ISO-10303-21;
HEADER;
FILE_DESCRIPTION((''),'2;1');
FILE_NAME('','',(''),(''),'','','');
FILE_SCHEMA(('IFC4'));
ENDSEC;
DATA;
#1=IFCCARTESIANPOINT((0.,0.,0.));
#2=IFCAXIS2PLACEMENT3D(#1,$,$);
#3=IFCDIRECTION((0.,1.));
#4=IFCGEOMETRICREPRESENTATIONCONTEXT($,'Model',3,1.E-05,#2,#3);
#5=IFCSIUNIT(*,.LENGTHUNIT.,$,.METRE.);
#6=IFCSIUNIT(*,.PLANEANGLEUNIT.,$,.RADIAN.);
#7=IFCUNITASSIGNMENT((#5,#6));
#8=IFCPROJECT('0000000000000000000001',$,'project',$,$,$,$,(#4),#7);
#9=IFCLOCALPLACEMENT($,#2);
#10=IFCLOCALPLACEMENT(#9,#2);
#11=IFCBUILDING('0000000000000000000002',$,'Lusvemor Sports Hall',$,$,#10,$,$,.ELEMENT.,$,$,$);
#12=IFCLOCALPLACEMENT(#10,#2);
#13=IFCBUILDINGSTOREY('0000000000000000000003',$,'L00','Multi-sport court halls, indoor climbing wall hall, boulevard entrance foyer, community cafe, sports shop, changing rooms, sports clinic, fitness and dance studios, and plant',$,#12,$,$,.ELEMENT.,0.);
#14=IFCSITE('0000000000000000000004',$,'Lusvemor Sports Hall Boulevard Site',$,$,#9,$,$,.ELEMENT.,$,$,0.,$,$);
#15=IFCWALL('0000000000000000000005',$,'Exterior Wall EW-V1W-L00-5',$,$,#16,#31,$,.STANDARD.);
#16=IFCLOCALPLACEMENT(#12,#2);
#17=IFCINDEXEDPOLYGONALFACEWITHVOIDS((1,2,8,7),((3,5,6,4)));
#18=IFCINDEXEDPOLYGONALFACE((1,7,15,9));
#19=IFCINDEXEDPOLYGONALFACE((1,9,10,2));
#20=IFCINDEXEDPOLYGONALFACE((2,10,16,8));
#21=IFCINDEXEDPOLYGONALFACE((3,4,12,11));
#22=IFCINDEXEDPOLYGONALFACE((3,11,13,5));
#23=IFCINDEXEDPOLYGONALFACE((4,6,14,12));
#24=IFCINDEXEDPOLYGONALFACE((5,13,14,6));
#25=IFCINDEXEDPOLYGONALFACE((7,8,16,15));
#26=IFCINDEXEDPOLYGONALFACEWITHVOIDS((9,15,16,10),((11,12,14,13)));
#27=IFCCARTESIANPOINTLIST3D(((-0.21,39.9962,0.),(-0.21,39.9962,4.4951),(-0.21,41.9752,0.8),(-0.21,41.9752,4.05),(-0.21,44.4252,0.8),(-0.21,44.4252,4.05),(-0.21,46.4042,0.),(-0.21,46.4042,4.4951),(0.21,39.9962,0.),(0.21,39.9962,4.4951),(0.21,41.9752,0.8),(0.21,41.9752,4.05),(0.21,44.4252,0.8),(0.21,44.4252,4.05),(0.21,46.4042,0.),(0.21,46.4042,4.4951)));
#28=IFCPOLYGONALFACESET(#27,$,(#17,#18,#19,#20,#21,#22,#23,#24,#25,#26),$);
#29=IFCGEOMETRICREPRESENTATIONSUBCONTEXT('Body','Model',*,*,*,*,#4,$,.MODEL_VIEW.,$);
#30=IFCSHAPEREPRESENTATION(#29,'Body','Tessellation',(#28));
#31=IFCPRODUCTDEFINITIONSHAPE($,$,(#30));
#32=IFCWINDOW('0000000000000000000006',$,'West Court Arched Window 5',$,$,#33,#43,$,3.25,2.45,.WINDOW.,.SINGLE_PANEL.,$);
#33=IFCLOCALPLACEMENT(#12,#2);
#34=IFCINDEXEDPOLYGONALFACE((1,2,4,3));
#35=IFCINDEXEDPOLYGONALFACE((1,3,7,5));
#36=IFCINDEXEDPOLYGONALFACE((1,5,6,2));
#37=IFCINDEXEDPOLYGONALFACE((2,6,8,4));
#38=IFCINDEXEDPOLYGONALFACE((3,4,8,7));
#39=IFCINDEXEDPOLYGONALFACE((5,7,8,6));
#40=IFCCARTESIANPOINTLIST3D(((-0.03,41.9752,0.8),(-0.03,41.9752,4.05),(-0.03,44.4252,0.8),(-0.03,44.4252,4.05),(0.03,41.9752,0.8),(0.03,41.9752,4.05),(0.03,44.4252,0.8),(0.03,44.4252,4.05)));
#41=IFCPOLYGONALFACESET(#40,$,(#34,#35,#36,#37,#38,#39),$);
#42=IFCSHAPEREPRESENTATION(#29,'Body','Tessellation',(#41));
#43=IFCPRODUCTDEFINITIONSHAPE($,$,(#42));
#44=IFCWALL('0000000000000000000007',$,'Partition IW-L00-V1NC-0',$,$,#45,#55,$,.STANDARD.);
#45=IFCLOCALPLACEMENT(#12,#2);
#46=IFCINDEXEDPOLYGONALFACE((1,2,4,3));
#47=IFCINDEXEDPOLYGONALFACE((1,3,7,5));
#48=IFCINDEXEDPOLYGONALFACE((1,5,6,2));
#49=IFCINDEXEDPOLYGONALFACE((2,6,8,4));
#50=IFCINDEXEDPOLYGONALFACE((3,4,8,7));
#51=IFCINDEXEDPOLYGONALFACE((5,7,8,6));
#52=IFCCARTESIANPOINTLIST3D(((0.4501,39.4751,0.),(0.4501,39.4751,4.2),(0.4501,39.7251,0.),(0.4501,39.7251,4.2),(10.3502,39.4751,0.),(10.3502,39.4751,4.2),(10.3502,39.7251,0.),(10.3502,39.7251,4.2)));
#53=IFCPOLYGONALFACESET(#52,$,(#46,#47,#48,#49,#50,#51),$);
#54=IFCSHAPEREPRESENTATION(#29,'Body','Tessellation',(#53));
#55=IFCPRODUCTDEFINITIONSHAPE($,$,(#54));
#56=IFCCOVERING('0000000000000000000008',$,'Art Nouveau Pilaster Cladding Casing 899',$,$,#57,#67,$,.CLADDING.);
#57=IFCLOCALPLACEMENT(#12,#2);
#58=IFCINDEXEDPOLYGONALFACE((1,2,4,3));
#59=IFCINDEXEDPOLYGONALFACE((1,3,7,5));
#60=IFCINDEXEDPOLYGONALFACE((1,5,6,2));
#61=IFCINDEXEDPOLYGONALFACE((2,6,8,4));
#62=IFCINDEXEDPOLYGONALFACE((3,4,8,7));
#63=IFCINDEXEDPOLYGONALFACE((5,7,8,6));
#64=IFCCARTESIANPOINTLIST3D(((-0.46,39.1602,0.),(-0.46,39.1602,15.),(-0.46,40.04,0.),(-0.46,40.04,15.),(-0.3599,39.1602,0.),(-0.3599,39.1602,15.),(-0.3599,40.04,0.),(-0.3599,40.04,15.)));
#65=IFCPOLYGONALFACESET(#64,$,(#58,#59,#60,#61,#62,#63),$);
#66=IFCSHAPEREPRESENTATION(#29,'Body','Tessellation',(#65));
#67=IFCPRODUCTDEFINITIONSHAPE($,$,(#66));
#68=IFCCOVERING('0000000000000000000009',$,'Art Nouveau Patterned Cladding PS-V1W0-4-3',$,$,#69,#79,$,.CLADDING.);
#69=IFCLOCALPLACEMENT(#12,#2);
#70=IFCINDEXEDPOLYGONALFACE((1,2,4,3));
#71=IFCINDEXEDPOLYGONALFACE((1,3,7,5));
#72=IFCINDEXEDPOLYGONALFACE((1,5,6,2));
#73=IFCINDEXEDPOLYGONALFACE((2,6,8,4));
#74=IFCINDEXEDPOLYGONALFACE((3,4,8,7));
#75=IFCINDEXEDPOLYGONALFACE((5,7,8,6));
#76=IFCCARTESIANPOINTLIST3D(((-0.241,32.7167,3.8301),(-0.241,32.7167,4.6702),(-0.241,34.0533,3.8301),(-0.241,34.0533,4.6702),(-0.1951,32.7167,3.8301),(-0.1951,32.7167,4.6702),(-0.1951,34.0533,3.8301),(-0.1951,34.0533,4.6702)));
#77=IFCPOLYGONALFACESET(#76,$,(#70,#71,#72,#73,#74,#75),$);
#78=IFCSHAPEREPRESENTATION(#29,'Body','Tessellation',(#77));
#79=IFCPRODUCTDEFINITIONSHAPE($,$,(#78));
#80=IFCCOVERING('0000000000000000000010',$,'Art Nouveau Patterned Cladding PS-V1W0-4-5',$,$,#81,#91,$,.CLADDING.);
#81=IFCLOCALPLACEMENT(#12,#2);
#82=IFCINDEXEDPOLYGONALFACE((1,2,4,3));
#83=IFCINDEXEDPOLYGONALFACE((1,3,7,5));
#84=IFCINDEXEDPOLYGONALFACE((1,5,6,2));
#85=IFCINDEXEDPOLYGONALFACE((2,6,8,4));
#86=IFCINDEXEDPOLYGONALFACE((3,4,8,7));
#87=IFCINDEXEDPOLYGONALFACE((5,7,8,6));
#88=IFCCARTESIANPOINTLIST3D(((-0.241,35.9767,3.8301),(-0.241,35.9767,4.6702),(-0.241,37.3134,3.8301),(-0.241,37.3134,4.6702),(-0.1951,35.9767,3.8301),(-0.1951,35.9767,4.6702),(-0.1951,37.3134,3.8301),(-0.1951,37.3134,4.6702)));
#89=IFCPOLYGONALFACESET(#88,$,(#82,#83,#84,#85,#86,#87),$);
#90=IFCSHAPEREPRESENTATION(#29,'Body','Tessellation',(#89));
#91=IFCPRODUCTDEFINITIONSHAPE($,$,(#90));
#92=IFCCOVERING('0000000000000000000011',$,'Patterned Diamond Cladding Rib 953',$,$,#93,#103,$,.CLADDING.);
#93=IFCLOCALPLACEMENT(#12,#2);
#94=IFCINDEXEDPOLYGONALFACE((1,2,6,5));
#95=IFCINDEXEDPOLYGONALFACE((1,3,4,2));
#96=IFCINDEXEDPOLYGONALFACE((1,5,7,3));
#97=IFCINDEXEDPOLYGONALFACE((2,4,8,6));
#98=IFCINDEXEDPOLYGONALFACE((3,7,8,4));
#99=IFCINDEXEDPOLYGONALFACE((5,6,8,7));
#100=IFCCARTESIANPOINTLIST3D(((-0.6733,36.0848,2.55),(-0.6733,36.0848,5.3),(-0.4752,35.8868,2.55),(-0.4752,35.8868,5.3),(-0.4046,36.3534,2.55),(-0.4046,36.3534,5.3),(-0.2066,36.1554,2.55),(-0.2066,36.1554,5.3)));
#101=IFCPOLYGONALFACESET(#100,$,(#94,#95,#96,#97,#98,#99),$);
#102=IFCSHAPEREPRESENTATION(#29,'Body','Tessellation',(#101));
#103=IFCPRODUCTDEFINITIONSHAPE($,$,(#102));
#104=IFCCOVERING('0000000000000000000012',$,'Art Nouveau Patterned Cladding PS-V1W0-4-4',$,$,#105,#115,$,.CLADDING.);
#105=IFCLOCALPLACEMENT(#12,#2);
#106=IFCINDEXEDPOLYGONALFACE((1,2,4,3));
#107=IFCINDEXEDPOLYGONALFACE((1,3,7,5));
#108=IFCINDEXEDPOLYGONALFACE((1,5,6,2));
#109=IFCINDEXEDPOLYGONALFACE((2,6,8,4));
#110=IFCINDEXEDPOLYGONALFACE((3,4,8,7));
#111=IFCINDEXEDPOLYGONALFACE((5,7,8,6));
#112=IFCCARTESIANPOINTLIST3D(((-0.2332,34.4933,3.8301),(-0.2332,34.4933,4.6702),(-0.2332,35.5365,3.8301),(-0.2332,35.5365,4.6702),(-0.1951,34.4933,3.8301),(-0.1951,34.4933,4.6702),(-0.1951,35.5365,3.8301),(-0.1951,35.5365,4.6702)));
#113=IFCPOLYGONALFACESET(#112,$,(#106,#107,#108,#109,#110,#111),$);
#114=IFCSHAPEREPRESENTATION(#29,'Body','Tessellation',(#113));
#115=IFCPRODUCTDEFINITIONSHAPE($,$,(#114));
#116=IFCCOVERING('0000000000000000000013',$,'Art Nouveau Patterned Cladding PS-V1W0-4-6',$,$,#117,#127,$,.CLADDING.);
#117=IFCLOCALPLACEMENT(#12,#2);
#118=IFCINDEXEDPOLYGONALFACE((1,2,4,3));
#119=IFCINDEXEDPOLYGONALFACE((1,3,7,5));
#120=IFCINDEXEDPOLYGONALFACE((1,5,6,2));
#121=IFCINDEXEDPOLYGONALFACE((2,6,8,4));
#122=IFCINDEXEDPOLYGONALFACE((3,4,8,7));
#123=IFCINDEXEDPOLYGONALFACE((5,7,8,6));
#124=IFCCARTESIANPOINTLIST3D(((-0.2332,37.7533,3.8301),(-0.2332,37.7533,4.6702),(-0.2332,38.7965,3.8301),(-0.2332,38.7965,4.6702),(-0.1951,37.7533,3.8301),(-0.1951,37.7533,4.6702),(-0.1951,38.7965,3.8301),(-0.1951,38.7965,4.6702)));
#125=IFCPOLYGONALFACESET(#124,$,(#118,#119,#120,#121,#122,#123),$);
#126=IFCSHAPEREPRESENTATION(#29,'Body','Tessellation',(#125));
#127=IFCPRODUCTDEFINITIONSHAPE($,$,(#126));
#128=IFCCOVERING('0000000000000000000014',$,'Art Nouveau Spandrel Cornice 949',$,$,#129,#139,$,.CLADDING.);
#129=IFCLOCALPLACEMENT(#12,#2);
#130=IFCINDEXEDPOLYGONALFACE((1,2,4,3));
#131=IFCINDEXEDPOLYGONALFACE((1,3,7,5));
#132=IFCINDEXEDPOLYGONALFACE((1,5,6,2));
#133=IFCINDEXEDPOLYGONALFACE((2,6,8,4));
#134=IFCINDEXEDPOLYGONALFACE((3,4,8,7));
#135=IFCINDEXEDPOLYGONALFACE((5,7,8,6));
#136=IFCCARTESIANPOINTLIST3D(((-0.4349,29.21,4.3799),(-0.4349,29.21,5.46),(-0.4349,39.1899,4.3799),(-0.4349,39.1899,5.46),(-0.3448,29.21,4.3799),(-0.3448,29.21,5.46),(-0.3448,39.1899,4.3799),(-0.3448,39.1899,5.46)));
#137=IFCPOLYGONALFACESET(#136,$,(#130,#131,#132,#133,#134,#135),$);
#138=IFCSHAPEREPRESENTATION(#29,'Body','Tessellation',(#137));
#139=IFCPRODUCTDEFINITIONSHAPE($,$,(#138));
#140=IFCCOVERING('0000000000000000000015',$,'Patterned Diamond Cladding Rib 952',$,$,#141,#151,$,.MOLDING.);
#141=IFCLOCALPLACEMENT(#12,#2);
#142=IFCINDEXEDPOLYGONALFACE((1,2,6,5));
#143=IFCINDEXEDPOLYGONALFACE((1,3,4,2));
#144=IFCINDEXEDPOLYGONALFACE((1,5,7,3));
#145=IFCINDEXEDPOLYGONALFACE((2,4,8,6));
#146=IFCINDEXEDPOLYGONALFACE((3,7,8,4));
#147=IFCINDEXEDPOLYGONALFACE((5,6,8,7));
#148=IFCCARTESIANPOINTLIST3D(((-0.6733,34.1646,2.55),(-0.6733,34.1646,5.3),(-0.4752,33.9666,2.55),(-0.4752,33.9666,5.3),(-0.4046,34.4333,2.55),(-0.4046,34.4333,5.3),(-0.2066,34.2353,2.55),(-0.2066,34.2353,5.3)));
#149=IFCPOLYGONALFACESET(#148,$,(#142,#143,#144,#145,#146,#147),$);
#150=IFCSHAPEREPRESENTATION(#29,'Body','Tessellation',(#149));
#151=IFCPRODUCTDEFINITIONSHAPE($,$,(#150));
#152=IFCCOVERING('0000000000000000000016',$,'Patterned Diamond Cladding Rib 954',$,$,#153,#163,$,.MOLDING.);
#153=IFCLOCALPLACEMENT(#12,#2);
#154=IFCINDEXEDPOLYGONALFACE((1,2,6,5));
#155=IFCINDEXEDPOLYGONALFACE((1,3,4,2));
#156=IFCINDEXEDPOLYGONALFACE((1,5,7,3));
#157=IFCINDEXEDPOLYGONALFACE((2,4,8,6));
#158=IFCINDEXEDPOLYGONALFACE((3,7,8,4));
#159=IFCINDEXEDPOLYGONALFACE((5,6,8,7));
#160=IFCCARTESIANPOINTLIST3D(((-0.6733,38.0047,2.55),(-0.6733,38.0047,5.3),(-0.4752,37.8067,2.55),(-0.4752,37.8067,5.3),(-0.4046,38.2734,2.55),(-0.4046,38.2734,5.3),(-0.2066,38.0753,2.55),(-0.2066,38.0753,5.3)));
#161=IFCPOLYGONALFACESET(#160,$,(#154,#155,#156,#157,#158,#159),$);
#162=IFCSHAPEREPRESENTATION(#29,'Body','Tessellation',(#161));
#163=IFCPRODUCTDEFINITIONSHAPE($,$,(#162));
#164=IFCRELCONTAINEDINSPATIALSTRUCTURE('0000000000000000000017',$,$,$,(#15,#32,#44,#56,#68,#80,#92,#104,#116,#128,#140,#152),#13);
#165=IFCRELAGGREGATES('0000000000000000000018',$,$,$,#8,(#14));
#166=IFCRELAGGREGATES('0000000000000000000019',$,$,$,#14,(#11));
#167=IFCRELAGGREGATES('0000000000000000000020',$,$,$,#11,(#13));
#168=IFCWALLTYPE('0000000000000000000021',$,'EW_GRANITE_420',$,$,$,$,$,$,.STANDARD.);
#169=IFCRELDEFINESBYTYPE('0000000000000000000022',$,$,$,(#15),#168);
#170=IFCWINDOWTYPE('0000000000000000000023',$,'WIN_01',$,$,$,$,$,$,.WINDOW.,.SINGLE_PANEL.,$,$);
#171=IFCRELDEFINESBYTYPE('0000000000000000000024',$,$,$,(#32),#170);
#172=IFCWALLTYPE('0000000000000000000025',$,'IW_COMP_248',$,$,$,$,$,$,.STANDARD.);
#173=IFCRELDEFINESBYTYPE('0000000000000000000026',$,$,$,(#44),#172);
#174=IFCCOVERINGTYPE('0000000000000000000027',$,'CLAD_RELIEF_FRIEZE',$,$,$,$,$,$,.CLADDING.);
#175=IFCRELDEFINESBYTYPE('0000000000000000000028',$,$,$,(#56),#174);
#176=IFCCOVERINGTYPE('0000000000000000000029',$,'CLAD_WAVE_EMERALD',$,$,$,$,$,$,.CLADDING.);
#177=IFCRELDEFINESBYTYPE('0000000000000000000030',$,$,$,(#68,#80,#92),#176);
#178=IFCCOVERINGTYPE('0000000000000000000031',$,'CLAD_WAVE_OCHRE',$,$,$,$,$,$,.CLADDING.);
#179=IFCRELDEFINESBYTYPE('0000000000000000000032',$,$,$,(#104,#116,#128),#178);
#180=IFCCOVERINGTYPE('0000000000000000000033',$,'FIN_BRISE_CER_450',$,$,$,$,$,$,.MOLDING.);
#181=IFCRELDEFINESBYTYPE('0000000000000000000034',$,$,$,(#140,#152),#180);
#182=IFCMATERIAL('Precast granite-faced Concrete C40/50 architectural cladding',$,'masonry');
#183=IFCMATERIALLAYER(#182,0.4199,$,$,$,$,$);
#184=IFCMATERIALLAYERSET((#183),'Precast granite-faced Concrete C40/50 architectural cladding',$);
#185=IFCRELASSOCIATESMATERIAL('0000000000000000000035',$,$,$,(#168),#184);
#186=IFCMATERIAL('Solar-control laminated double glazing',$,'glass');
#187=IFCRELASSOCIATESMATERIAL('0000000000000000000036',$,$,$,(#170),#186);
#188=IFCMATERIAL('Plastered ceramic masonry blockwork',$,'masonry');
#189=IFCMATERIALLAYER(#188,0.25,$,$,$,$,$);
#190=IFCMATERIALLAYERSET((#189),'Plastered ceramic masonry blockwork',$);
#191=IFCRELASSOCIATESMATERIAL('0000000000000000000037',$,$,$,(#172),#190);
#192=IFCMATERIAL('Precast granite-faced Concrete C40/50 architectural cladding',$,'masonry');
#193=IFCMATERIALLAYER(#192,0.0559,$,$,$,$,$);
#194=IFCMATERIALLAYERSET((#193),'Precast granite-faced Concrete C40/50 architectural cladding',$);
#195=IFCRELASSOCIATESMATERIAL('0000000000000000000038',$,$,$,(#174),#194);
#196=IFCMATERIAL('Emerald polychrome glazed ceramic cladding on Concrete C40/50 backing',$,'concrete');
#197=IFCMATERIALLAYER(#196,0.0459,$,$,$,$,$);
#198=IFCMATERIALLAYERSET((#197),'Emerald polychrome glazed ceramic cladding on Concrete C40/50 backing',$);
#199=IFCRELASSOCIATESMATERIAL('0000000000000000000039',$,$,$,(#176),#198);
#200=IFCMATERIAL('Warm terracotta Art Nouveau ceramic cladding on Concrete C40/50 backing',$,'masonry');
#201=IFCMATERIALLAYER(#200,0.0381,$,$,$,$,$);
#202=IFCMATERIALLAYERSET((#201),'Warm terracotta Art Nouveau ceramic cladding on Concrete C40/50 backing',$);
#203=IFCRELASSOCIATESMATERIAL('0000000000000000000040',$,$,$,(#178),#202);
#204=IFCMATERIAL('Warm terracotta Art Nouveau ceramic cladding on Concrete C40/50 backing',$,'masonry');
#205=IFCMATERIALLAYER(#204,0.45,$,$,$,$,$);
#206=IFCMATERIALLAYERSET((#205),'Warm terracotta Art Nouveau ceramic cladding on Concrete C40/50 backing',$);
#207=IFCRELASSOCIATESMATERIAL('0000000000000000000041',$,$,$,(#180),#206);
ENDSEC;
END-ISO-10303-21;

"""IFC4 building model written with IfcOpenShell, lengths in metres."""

from ifc_helpers import new_model, si_unit, direction, frame, frame_2d, origin, origin_2d, place, context, subcontext, project, spatial, rectangle, extrude, material, layer, layer_set, type_object, element, fill, save


model = new_model("IFC4")

# Units and contexts
model_context = context("Model", 3, precision=1e-05, world=origin(), true_north=direction((0.0, 1.0)))
body_context = subcontext(model_context, "Body", "Model", "MODEL_VIEW")
ifc_project = project(units=[si_unit("LENGTHUNIT", "METRE"), si_unit("PLANEANGLEUNIT", "RADIAN")], contexts=[model_context])

# Site, building, storey
site_placement = place(None, origin())
site = spatial("IfcSite", under=ifc_project, at=site_placement, Name="Lusvemor Sports Hall Boulevard Site", CompositionType="ELEMENT", RefElevation=0.0)
building_placement = place(site_placement, origin())
building = spatial("IfcBuilding", under=site, at=building_placement, Name="Lusvemor Sports Hall", CompositionType="ELEMENT")
storey_placement = place(building_placement, origin())
storey = spatial("IfcBuildingStorey", under=building, at=storey_placement, Name="L00", Description="Multi-sport court halls, indoor climbing wall hall, boulevard entrance foyer, community cafe, sports shop, changing rooms, sports clinic, fitness and dance studios, and plant", CompositionType="ELEMENT", Elevation=0.0)

# Wall, opening, window
ifc_material_1 = material(Name="Precast granite-faced Concrete C40/50 architectural cladding", Category="masonry")
ifc_layer_1 = layer(ifc_material_1, 0.4199)
ifc_layer_set_1 = layer_set([ifc_layer_1], Name="Precast granite-faced Concrete C40/50 architectural cladding")
wall_type_1 = type_object("IfcWallType", Name="EW_GRANITE_420", PredefinedType="STANDARD", material=ifc_layer_set_1)
wall_1_placement = place(storey_placement, frame((0.0, 39.9961, 0.0), z_axis=(0.0, 0.0, 1.0), x_axis=(0.0, 1.0, 0.0)))
wall_1 = element("IfcWall", 1, at=wall_1_placement, inside=storey, type_object=wall_type_1, Name="Exterior Wall EW-V1W-L00-5", PredefinedType="STANDARD", context=body_context, shape_type="SweptSolid", body=[
    extrude(rectangle(XDim=6.408, YDim=0.4199, at=frame_2d((3.2041, 0.0))), origin(), (0.0, 0.0, 1.0), 4.4951),
])
opening_placement = place(wall_1_placement, frame((1.979, 0.0, 0.8)))
opening = element("IfcOpeningElement", 2, at=opening_placement, cuts=wall_1, PredefinedType="OPENING", context=body_context, shape_type="SweptSolid", body=[
    extrude(rectangle(XDim=2.45, YDim=3.25, at=frame_2d((1.2251, 1.625))), frame((0.0, 0.21, 0.0), z_axis=(0.0, -1.0, 0.0), x_axis=(1.0, 0.0, 0.0)), (0.0, 0.0, 1.0), 0.4199),
])
ifc_material_2 = material(Name="Solar-control laminated double glazing", Category="glass")
window_type = type_object("IfcWindowType", Name="WIN_01", PartitioningType="SINGLE_PANEL", PredefinedType="WINDOW", material=ifc_material_2)
window_placement = place(opening_placement, origin())
window = element("IfcWindow", 3, at=window_placement, inside=storey, type_object=window_type, Name="West Court Arched Window 5", OverallHeight=3.25, OverallWidth=2.45, PartitioningType="SINGLE_PANEL", PredefinedType="WINDOW", context=body_context, shape_type="SweptSolid", body=[
    extrude(rectangle(XDim=2.45, YDim=3.25, at=frame_2d((1.2251, 1.625))), frame((0.0, 0.03, 0.0), z_axis=(0.0, -1.0, 0.0), x_axis=(1.0, 0.0, 0.0)), (0.0, 0.0, 1.0), 0.0601),
])
fill(opening, window)

# Wall
ifc_material_3 = material(Name="Plastered ceramic masonry blockwork", Category="masonry")
ifc_layer_2 = layer(ifc_material_3, 0.25)
ifc_layer_set_2 = layer_set([ifc_layer_2], Name="Plastered ceramic masonry blockwork")
wall_type_2 = type_object("IfcWallType", Name="IW_COMP_248", PredefinedType="STANDARD", material=ifc_layer_set_2)
wall_2_placement = place(storey_placement, frame((0.45, 39.6001, 0.0), z_axis=(0.0, 0.0, 1.0), x_axis=(1.0, 0.0, 0.0)))
element("IfcWall", 4, at=wall_2_placement, inside=storey, type_object=wall_type_2, Name="Partition IW-L00-V1NC-0", PredefinedType="STANDARD", context=body_context, shape_type="SweptSolid", body=[
    extrude(rectangle(XDim=9.9001, YDim=0.25, at=frame_2d((4.9502, 0.0))), origin(), (0.0, 0.0, 1.0), 4.2),
])

# Coverings
ifc_material_4 = material(Name="Precast granite-faced Concrete C40/50 architectural cladding", Category="masonry")
ifc_layer_3 = layer(ifc_material_4, 0.0559)
ifc_layer_set_3 = layer_set([ifc_layer_3], Name="Precast granite-faced Concrete C40/50 architectural cladding")
covering_type_1 = type_object("IfcCoveringType", Name="CLAD_RELIEF_FRIEZE", PredefinedType="CLADDING", material=ifc_layer_set_3)
covering_1_placement = place(storey_placement, frame((-0.4099, 39.6001, 0.0), z_axis=(0.0, 0.0, 1.0), x_axis=(1.0, 0.0, 0.0)))
element("IfcCovering", 5, at=covering_1_placement, inside=storey, type_object=covering_type_1, Name="Art Nouveau Pilaster Cladding Casing 899", PredefinedType="CLADDING", context=body_context, shape_type="SweptSolid", body=[
    extrude(rectangle(XDim=0.1001, YDim=0.8799, at=origin_2d()), origin(), (0.0, 0.0, 1.0), 15.0),
])
ifc_material_5 = material(Name="Emerald polychrome glazed ceramic cladding on Concrete C40/50 backing", Category="concrete")
ifc_layer_4 = layer(ifc_material_5, 0.0459)
ifc_layer_set_4 = layer_set([ifc_layer_4], Name="Emerald polychrome glazed ceramic cladding on Concrete C40/50 backing")
covering_type_2 = type_object("IfcCoveringType", Name="CLAD_WAVE_EMERALD", PredefinedType="CLADDING", material=ifc_layer_set_4)
for number, where, z_axis, x_axis, name in (
    (6, (-0.218, 33.385, 3.8301), (0.0, 0.0, 1.0), (1.0, 0.0, 0.0), "Art Nouveau Patterned Cladding PS-V1W0-4-3"),
    (7, (-0.218, 36.645, 3.8301), (0.0, 0.0, 1.0), (1.0, 0.0, 0.0), "Art Nouveau Patterned Cladding PS-V1W0-4-5"),
):
    element("IfcCovering", number, at=place(storey_placement, frame(where, z_axis=z_axis, x_axis=x_axis)), inside=storey, type_object=covering_type_2, Name=name, PredefinedType="CLADDING", context=body_context, shape_type="SweptSolid", body=[
        extrude(rectangle(XDim=0.0459, YDim=1.3367, at=origin_2d()), origin(), (0.0, 0.0, 1.0), 0.8401),
    ])
covering_2_placement = place(storey_placement, frame((-0.4399, 36.1201, 2.55), z_axis=(0.0, 0.0, 1.0), x_axis=(0.707107, 0.707107, 0.0)))
element("IfcCovering", 8, at=covering_2_placement, inside=storey, type_object=covering_type_2, Name="Patterned Diamond Cladding Rib 953", PredefinedType="CLADDING", context=body_context, shape_type="SweptSolid", body=[
    extrude(rectangle(XDim=0.3799, YDim=0.28, at=origin_2d()), origin(), (0.0, 0.0, 1.0), 2.75),
])
ifc_material_6 = material(Name="Warm terracotta Art Nouveau ceramic cladding on Concrete C40/50 backing", Category="masonry")
ifc_layer_5 = layer(ifc_material_6, 0.0381)
ifc_layer_set_5 = layer_set([ifc_layer_5], Name="Warm terracotta Art Nouveau ceramic cladding on Concrete C40/50 backing")
covering_type_3 = type_object("IfcCoveringType", Name="CLAD_WAVE_OCHRE", PredefinedType="CLADDING", material=ifc_layer_set_5)
for number, where, z_axis, x_axis, name in (
    (9, (-0.2141, 35.0149, 3.8301), (0.0, 0.0, 1.0), (1.0, 0.0, 0.0), "Art Nouveau Patterned Cladding PS-V1W0-4-4"),
    (10, (-0.2141, 38.2749, 3.8301), (0.0, 0.0, 1.0), (1.0, 0.0, 0.0), "Art Nouveau Patterned Cladding PS-V1W0-4-6"),
):
    element("IfcCovering", number, at=place(storey_placement, frame(where, z_axis=z_axis, x_axis=x_axis)), inside=storey, type_object=covering_type_3, Name=name, PredefinedType="CLADDING", context=body_context, shape_type="SweptSolid", body=[
        extrude(rectangle(XDim=0.0381, YDim=1.0432, at=origin_2d()), origin(), (0.0, 0.0, 1.0), 0.8401),
    ])
covering_3_placement = place(storey_placement, frame((-0.3899, 34.2, 4.3799), z_axis=(0.0, 0.0, 1.0), x_axis=(1.0, 0.0, 0.0)))
element("IfcCovering", 11, at=covering_3_placement, inside=storey, type_object=covering_type_3, Name="Art Nouveau Spandrel Cornice 949", PredefinedType="CLADDING", context=body_context, shape_type="SweptSolid", body=[
    extrude(rectangle(XDim=0.0901, YDim=9.98, at=origin_2d()), origin(), (0.0, 0.0, 1.0), 1.0801),
])
ifc_material_7 = material(Name="Warm terracotta Art Nouveau ceramic cladding on Concrete C40/50 backing", Category="masonry")
ifc_layer_6 = layer(ifc_material_7, 0.45)
ifc_layer_set_6 = layer_set([ifc_layer_6], Name="Warm terracotta Art Nouveau ceramic cladding on Concrete C40/50 backing")
covering_type_4 = type_object("IfcCoveringType", Name="FIN_BRISE_CER_450", PredefinedType="MOLDING", material=ifc_layer_set_6)
for number, where, z_axis, x_axis, name in (
    (12, (-0.4399, 34.2, 2.55), (0.0, 0.0, 1.0), (0.707107, 0.707107, 0.0), "Patterned Diamond Cladding Rib 952"),
    (13, (-0.4399, 38.04, 2.55), (0.0, 0.0, 1.0), (0.707107, 0.707107, 0.0), "Patterned Diamond Cladding Rib 954"),
):
    element("IfcCovering", number, at=place(storey_placement, frame(where, z_axis=z_axis, x_axis=x_axis)), inside=storey, type_object=covering_type_4, Name=name, PredefinedType="MOLDING", context=body_context, shape_type="SweptSolid", body=[
        extrude(rectangle(XDim=0.3799, YDim=0.28, at=origin_2d()), origin(), (0.0, 0.0, 1.0), 2.75),
    ])

save(model, "model.ifc")
